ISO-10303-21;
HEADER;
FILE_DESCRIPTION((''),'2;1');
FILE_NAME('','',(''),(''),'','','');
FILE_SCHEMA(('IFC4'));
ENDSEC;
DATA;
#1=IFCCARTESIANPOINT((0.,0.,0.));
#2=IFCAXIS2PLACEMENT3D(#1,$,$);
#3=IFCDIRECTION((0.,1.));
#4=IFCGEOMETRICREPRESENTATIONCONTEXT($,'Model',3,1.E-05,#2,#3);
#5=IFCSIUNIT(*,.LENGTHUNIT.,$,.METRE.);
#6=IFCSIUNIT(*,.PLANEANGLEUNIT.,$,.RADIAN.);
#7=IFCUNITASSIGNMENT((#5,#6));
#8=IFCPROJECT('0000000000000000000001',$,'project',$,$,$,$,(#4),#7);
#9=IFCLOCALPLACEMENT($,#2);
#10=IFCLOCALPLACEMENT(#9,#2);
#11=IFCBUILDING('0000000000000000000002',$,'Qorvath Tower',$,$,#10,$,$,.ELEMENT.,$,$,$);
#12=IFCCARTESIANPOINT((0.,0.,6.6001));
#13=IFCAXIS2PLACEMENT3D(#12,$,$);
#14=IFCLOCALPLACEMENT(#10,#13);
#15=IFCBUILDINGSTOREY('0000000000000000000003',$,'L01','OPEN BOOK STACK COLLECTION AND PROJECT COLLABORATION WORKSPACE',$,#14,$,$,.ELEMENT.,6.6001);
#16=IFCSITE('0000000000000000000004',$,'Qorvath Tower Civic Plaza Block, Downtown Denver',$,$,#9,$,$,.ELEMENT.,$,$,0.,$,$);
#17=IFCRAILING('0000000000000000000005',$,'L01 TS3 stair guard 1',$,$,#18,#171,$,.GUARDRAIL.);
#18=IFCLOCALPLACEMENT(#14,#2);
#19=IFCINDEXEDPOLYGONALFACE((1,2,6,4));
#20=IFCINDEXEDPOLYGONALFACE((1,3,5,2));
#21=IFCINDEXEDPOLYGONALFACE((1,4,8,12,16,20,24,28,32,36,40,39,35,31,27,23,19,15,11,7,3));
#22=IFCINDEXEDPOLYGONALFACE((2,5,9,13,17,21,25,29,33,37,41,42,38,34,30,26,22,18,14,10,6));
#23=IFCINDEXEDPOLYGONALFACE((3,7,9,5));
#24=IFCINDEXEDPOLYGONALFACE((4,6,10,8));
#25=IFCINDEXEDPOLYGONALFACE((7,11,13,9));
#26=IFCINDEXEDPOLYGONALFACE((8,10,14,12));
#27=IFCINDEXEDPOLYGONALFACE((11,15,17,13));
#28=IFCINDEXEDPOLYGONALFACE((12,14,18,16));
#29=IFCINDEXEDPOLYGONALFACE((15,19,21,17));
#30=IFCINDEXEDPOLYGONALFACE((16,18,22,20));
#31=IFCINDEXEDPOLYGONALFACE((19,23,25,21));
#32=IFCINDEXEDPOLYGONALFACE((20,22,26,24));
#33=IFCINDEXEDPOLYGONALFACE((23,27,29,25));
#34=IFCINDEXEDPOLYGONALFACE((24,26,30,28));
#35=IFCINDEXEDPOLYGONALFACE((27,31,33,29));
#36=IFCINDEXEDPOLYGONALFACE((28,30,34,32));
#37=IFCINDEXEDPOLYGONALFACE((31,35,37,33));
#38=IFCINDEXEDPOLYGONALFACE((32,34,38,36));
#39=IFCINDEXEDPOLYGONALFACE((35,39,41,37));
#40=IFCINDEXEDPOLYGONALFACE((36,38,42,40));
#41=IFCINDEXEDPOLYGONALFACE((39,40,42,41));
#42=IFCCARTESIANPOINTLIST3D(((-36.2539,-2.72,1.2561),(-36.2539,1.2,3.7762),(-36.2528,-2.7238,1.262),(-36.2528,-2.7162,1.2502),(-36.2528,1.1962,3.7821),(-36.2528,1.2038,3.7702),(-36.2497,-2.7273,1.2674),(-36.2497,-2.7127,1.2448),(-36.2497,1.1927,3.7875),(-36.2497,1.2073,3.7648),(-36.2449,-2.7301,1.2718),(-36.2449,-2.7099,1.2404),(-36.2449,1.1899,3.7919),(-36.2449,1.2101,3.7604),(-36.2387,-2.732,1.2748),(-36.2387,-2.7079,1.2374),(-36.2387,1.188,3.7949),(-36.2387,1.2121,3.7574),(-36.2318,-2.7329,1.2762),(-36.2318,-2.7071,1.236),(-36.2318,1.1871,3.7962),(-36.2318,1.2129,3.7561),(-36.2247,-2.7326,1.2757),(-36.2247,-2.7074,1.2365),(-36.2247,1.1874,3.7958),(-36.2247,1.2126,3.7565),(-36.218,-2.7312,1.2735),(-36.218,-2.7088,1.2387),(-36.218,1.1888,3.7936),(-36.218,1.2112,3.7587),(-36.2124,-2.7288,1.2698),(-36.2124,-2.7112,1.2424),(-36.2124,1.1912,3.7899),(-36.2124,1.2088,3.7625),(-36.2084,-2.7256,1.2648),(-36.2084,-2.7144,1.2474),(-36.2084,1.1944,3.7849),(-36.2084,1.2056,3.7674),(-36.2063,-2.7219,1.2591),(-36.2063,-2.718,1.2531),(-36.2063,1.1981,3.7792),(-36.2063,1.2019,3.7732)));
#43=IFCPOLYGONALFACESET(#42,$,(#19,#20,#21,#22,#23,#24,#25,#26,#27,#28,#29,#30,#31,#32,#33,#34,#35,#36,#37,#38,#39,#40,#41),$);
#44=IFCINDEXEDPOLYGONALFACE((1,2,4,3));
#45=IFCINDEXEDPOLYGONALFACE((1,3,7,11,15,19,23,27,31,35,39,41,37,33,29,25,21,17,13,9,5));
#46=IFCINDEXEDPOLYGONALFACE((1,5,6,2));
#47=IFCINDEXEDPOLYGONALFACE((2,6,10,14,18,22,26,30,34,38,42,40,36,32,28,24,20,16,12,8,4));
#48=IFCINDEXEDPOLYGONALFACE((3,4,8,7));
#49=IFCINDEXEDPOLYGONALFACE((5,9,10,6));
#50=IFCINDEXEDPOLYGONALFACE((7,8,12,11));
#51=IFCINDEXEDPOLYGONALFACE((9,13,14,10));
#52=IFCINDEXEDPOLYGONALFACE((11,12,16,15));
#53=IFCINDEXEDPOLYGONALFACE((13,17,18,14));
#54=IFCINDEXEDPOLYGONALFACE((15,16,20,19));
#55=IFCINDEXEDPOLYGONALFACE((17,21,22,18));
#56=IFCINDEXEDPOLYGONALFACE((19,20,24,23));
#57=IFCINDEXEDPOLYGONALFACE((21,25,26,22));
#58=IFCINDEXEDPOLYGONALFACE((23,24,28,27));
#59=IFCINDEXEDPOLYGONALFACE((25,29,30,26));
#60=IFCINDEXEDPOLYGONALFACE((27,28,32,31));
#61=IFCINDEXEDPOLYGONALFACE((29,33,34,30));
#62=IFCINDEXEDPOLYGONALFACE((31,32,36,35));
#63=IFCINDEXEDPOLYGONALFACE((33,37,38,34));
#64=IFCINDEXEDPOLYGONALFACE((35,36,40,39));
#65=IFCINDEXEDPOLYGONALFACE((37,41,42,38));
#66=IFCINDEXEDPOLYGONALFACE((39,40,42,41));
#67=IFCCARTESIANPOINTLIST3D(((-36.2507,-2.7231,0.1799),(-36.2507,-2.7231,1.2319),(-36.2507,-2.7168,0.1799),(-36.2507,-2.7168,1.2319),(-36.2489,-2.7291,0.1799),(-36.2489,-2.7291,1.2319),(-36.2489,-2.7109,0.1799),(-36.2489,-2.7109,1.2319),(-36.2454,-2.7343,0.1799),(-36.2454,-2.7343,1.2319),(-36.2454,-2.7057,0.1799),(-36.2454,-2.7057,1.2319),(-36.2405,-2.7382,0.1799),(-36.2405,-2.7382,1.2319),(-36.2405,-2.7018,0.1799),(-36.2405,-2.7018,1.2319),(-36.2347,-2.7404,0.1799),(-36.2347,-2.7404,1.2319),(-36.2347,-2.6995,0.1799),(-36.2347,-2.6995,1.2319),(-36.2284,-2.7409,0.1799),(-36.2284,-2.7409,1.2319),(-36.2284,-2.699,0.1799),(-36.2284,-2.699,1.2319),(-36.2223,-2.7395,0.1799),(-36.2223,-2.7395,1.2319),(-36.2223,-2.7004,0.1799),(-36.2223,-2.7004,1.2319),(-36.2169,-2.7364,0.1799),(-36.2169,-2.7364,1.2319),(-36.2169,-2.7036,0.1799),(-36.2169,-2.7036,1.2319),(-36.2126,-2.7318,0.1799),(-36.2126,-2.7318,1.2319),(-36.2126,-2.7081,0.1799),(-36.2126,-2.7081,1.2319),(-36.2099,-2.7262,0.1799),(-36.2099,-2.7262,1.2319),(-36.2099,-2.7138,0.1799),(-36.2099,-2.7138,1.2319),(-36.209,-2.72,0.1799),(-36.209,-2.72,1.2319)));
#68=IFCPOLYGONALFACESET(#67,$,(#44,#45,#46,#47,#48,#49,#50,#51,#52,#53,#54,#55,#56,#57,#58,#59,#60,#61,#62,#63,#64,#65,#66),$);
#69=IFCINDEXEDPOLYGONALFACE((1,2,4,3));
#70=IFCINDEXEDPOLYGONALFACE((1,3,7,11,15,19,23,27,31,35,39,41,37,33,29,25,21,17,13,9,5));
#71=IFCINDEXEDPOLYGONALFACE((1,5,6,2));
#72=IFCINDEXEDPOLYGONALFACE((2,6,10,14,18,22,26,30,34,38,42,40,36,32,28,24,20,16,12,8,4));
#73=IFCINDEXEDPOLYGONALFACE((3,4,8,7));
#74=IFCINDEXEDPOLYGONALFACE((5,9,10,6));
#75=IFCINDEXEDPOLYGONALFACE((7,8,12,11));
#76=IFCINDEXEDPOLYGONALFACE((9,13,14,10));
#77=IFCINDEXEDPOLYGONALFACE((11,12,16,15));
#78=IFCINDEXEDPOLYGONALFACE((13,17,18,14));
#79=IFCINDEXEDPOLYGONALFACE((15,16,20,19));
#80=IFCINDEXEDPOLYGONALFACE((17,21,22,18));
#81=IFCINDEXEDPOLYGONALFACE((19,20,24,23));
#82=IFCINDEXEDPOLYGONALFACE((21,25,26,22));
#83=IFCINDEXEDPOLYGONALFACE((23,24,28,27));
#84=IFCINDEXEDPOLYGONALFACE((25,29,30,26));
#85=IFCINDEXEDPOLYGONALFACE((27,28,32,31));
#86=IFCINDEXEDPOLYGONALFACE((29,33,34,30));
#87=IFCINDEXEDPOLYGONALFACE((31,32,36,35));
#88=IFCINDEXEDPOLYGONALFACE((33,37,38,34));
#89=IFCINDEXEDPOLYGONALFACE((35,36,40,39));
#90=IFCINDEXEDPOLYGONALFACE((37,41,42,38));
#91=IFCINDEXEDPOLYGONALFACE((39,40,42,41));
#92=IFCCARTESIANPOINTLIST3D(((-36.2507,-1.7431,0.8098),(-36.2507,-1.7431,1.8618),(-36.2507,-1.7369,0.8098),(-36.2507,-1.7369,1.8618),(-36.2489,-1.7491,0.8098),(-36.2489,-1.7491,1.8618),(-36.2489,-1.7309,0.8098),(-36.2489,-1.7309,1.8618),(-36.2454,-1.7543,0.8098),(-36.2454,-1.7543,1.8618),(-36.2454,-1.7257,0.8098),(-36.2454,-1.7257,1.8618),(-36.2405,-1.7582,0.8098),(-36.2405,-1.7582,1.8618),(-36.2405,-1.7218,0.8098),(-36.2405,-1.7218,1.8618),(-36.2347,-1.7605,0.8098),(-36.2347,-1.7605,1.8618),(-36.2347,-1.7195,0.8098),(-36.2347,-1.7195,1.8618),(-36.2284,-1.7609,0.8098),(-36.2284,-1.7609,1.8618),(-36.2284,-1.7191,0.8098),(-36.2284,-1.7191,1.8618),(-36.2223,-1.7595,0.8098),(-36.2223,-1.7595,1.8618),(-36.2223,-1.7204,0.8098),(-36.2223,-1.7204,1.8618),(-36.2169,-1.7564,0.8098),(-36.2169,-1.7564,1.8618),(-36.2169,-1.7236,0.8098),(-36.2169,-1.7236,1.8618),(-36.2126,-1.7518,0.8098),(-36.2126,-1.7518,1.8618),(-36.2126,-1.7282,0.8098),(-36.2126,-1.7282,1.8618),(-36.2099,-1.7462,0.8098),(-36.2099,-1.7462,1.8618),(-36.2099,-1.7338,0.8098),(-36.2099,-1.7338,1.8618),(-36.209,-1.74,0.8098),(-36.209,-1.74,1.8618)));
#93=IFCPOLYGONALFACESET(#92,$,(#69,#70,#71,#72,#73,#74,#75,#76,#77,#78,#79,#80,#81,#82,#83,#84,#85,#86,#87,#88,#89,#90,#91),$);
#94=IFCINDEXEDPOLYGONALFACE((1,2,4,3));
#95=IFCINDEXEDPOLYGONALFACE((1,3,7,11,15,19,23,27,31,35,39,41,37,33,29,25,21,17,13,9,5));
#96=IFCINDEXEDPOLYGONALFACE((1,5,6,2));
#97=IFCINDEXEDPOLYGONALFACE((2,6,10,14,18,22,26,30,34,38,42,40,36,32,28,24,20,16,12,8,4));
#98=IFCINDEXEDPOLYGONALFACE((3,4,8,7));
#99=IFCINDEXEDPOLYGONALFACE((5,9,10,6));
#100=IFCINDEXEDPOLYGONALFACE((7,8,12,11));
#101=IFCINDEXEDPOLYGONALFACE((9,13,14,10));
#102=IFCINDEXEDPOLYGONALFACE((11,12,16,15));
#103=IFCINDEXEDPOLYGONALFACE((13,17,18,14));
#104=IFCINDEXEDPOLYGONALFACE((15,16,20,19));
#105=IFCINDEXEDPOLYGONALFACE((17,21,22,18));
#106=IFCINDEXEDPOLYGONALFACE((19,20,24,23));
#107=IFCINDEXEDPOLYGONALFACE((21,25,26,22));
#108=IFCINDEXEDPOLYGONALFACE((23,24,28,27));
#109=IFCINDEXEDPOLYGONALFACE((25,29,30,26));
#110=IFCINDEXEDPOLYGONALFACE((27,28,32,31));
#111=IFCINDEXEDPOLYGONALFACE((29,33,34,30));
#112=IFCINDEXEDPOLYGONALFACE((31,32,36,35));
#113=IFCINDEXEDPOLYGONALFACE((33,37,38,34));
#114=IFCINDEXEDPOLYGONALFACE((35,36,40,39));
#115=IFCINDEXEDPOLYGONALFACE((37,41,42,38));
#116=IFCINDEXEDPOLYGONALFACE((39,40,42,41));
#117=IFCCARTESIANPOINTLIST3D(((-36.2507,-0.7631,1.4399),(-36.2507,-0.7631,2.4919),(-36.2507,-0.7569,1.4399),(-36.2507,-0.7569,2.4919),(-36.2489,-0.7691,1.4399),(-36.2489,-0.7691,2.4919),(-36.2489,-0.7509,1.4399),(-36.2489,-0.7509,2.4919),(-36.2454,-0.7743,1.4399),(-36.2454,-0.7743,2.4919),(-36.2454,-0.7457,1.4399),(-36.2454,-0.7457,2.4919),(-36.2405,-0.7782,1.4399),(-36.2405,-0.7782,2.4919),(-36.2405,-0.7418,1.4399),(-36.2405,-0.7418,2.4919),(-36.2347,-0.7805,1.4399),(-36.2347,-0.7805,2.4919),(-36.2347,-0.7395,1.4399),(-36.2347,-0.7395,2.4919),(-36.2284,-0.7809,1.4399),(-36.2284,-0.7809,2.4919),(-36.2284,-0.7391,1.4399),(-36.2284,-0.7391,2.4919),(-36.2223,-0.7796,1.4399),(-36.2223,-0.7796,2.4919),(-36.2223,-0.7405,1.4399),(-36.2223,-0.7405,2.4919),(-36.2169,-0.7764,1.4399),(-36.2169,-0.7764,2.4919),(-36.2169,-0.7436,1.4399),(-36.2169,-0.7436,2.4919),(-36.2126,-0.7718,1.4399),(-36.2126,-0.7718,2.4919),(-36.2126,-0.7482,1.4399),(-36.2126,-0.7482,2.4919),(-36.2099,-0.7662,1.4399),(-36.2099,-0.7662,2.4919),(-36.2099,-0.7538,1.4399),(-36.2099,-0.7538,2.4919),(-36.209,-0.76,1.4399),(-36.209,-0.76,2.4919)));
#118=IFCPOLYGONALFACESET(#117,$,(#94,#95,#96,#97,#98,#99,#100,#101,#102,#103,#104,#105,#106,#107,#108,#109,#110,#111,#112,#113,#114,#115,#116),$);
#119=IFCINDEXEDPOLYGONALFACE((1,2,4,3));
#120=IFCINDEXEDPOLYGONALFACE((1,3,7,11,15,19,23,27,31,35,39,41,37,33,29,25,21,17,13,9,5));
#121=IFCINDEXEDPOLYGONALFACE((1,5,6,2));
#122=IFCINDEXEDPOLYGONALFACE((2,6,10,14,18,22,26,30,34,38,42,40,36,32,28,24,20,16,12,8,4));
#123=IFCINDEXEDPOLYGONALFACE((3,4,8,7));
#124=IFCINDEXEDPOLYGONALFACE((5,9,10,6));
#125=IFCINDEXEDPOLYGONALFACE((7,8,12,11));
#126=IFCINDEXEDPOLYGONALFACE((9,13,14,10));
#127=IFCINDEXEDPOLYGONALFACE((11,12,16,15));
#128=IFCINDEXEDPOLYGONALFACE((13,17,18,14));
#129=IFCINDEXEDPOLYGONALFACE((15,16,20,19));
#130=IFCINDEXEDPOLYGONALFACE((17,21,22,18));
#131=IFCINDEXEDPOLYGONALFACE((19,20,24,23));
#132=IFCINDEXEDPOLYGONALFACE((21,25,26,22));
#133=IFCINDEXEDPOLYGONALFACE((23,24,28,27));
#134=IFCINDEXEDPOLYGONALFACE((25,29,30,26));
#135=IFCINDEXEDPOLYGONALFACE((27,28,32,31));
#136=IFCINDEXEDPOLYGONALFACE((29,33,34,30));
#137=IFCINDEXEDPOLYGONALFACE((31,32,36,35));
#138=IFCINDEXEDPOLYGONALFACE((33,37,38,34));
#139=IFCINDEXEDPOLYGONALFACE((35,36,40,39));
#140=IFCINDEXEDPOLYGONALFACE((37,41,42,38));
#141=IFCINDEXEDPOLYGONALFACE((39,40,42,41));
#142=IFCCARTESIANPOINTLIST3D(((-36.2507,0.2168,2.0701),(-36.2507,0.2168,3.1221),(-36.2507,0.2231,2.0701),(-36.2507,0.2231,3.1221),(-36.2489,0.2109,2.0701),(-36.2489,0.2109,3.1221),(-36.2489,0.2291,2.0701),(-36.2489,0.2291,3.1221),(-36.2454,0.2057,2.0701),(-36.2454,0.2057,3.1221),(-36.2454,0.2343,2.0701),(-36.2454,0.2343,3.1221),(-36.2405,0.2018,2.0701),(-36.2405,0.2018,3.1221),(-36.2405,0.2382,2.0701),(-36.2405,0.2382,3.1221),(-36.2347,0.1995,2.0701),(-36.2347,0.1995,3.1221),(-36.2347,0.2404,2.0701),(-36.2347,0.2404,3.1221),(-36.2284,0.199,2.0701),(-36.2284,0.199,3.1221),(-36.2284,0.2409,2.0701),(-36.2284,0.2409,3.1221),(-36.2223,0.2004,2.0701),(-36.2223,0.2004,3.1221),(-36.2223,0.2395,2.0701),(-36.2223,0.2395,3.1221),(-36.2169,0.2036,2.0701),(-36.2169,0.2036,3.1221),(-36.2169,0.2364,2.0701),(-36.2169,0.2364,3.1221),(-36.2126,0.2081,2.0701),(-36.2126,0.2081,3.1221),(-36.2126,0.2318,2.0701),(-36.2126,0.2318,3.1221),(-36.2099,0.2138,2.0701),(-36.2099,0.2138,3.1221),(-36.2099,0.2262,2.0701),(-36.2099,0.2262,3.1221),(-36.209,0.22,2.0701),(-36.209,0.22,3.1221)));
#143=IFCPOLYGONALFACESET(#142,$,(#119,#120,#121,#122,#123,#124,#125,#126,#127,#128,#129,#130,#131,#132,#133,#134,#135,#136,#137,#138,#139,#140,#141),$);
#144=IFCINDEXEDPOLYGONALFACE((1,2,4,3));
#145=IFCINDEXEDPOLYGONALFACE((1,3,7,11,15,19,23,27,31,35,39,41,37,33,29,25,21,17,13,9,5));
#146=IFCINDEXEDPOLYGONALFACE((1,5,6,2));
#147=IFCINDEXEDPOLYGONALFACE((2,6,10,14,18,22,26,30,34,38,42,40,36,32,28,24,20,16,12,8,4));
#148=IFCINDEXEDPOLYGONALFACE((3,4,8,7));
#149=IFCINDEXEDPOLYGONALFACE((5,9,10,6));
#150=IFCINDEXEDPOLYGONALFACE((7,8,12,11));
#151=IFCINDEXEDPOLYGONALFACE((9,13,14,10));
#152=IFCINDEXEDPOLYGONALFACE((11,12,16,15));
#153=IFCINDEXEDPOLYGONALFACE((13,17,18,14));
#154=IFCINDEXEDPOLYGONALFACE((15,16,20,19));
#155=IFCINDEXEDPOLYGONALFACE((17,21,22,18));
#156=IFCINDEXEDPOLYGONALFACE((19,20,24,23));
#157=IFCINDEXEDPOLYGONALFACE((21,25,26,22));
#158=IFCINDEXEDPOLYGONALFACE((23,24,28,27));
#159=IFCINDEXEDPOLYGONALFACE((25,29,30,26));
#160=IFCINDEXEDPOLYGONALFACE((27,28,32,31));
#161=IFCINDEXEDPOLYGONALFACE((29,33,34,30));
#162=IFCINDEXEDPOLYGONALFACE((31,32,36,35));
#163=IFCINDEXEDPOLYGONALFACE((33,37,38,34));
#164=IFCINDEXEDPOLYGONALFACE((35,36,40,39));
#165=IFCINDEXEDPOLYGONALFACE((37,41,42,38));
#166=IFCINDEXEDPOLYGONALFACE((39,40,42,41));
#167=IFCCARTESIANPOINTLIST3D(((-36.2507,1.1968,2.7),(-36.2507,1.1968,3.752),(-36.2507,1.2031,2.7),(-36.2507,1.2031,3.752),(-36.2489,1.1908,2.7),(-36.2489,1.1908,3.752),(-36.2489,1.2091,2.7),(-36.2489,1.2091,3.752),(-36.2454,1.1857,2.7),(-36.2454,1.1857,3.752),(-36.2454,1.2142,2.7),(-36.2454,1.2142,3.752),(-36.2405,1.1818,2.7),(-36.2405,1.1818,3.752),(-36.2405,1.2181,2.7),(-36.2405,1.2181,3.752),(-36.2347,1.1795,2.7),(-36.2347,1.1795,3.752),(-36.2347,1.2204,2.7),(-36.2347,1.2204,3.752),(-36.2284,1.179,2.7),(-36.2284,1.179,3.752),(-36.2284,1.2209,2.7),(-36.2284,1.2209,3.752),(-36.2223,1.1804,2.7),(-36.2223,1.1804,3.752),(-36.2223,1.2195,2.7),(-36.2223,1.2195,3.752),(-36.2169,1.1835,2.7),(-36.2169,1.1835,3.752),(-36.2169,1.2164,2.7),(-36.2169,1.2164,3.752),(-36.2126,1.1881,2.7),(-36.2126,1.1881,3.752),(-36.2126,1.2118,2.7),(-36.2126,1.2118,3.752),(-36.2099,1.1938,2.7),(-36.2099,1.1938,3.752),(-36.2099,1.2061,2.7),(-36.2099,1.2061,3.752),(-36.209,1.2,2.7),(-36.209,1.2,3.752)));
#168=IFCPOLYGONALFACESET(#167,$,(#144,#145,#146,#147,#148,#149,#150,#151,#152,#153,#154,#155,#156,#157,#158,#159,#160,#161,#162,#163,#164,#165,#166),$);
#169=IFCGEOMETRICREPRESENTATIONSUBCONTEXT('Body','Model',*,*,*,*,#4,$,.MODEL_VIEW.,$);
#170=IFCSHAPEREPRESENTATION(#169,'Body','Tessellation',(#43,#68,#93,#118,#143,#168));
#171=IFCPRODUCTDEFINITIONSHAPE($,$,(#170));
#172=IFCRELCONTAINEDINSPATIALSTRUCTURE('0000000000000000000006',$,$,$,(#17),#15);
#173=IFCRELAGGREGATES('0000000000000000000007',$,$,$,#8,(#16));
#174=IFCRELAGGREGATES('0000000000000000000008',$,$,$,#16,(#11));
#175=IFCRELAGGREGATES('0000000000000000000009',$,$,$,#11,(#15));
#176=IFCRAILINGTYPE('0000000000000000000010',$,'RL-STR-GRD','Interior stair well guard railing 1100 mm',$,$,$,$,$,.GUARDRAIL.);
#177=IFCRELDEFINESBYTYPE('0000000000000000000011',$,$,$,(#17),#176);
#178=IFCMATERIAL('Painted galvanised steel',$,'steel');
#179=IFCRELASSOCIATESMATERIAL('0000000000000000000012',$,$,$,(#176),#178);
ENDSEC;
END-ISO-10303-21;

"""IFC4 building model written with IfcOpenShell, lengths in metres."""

from ifc_helpers import new_model, si_unit, direction, frame, origin, origin_2d, place, context, subcontext, project, spatial, circle, extrude, material, type_object, element, save


model = new_model("IFC4")

# Units and contexts
model_context = context("Model", 3, precision=1e-05, world=origin(), true_north=direction((0.0, 1.0)))
body_context = subcontext(model_context, "Body", "Model", "MODEL_VIEW")
ifc_project = project(units=[si_unit("LENGTHUNIT", "METRE"), si_unit("PLANEANGLEUNIT", "RADIAN")], contexts=[model_context])

# Site, building, storey
site_placement = place(None, origin())
site = spatial("IfcSite", under=ifc_project, at=site_placement, Name="Qorvath Tower Civic Plaza Block, Downtown Denver", CompositionType="ELEMENT", RefElevation=0.0)
building_placement = place(site_placement, origin())
building = spatial("IfcBuilding", under=site, at=building_placement, Name="Qorvath Tower", CompositionType="ELEMENT")
storey_placement = place(building_placement, frame((0.0, 0.0, 6.6001)))
storey = spatial("IfcBuildingStorey", under=building, at=storey_placement, Name="L01", Description="OPEN BOOK STACK COLLECTION AND PROJECT COLLABORATION WORKSPACE", CompositionType="ELEMENT", Elevation=6.6001)

# Railing
ifc_material_1 = material(Name="Painted galvanised steel", Category="steel")
railing_type_1 = type_object("IfcRailingType", Name="RL-STR-GRD", Description="Interior stair well guard railing 1100 mm", PredefinedType="GUARDRAIL", material=ifc_material_1)
railing_1_placement = place(storey_placement, frame((-36.23, -2.72, 0.1799)))
element("IfcRailing", 1, at=railing_1_placement, inside=storey, type_object=railing_type_1, Name="L01 TS3 stair guard 1", PredefinedType="GUARDRAIL", context=body_context, shape_type="SweptSolid", body=[
    extrude(circle(Radius=0.0239, at=origin_2d()), frame((0.0, 0.0, 1.0762), z_axis=(0.0, 0.841172, 0.540768), x_axis=(-1.0, 0.0, 0.0)), (0.0, 0.0, 1.0), 4.6602),
    extrude(circle(Radius=0.021, at=origin_2d()), origin(), (0.0, 0.0, 1.0), 1.052),
    extrude(circle(Radius=0.021, at=origin_2d()), frame((0.0, 0.98, 0.6299)), (0.0, 0.0, 1.0), 1.052),
    extrude(circle(Radius=0.021, at=origin_2d()), frame((0.0, 1.96, 1.26)), (0.0, 0.0, 1.0), 1.052),
    extrude(circle(Radius=0.021, at=origin_2d()), frame((0.0, 2.9399, 1.8901)), (0.0, 0.0, 1.0), 1.052),
    extrude(circle(Radius=0.021, at=origin_2d()), frame((0.0, 3.9199, 2.52)), (0.0, 0.0, 1.0), 1.052),
])

save(model, "model.ifc")
